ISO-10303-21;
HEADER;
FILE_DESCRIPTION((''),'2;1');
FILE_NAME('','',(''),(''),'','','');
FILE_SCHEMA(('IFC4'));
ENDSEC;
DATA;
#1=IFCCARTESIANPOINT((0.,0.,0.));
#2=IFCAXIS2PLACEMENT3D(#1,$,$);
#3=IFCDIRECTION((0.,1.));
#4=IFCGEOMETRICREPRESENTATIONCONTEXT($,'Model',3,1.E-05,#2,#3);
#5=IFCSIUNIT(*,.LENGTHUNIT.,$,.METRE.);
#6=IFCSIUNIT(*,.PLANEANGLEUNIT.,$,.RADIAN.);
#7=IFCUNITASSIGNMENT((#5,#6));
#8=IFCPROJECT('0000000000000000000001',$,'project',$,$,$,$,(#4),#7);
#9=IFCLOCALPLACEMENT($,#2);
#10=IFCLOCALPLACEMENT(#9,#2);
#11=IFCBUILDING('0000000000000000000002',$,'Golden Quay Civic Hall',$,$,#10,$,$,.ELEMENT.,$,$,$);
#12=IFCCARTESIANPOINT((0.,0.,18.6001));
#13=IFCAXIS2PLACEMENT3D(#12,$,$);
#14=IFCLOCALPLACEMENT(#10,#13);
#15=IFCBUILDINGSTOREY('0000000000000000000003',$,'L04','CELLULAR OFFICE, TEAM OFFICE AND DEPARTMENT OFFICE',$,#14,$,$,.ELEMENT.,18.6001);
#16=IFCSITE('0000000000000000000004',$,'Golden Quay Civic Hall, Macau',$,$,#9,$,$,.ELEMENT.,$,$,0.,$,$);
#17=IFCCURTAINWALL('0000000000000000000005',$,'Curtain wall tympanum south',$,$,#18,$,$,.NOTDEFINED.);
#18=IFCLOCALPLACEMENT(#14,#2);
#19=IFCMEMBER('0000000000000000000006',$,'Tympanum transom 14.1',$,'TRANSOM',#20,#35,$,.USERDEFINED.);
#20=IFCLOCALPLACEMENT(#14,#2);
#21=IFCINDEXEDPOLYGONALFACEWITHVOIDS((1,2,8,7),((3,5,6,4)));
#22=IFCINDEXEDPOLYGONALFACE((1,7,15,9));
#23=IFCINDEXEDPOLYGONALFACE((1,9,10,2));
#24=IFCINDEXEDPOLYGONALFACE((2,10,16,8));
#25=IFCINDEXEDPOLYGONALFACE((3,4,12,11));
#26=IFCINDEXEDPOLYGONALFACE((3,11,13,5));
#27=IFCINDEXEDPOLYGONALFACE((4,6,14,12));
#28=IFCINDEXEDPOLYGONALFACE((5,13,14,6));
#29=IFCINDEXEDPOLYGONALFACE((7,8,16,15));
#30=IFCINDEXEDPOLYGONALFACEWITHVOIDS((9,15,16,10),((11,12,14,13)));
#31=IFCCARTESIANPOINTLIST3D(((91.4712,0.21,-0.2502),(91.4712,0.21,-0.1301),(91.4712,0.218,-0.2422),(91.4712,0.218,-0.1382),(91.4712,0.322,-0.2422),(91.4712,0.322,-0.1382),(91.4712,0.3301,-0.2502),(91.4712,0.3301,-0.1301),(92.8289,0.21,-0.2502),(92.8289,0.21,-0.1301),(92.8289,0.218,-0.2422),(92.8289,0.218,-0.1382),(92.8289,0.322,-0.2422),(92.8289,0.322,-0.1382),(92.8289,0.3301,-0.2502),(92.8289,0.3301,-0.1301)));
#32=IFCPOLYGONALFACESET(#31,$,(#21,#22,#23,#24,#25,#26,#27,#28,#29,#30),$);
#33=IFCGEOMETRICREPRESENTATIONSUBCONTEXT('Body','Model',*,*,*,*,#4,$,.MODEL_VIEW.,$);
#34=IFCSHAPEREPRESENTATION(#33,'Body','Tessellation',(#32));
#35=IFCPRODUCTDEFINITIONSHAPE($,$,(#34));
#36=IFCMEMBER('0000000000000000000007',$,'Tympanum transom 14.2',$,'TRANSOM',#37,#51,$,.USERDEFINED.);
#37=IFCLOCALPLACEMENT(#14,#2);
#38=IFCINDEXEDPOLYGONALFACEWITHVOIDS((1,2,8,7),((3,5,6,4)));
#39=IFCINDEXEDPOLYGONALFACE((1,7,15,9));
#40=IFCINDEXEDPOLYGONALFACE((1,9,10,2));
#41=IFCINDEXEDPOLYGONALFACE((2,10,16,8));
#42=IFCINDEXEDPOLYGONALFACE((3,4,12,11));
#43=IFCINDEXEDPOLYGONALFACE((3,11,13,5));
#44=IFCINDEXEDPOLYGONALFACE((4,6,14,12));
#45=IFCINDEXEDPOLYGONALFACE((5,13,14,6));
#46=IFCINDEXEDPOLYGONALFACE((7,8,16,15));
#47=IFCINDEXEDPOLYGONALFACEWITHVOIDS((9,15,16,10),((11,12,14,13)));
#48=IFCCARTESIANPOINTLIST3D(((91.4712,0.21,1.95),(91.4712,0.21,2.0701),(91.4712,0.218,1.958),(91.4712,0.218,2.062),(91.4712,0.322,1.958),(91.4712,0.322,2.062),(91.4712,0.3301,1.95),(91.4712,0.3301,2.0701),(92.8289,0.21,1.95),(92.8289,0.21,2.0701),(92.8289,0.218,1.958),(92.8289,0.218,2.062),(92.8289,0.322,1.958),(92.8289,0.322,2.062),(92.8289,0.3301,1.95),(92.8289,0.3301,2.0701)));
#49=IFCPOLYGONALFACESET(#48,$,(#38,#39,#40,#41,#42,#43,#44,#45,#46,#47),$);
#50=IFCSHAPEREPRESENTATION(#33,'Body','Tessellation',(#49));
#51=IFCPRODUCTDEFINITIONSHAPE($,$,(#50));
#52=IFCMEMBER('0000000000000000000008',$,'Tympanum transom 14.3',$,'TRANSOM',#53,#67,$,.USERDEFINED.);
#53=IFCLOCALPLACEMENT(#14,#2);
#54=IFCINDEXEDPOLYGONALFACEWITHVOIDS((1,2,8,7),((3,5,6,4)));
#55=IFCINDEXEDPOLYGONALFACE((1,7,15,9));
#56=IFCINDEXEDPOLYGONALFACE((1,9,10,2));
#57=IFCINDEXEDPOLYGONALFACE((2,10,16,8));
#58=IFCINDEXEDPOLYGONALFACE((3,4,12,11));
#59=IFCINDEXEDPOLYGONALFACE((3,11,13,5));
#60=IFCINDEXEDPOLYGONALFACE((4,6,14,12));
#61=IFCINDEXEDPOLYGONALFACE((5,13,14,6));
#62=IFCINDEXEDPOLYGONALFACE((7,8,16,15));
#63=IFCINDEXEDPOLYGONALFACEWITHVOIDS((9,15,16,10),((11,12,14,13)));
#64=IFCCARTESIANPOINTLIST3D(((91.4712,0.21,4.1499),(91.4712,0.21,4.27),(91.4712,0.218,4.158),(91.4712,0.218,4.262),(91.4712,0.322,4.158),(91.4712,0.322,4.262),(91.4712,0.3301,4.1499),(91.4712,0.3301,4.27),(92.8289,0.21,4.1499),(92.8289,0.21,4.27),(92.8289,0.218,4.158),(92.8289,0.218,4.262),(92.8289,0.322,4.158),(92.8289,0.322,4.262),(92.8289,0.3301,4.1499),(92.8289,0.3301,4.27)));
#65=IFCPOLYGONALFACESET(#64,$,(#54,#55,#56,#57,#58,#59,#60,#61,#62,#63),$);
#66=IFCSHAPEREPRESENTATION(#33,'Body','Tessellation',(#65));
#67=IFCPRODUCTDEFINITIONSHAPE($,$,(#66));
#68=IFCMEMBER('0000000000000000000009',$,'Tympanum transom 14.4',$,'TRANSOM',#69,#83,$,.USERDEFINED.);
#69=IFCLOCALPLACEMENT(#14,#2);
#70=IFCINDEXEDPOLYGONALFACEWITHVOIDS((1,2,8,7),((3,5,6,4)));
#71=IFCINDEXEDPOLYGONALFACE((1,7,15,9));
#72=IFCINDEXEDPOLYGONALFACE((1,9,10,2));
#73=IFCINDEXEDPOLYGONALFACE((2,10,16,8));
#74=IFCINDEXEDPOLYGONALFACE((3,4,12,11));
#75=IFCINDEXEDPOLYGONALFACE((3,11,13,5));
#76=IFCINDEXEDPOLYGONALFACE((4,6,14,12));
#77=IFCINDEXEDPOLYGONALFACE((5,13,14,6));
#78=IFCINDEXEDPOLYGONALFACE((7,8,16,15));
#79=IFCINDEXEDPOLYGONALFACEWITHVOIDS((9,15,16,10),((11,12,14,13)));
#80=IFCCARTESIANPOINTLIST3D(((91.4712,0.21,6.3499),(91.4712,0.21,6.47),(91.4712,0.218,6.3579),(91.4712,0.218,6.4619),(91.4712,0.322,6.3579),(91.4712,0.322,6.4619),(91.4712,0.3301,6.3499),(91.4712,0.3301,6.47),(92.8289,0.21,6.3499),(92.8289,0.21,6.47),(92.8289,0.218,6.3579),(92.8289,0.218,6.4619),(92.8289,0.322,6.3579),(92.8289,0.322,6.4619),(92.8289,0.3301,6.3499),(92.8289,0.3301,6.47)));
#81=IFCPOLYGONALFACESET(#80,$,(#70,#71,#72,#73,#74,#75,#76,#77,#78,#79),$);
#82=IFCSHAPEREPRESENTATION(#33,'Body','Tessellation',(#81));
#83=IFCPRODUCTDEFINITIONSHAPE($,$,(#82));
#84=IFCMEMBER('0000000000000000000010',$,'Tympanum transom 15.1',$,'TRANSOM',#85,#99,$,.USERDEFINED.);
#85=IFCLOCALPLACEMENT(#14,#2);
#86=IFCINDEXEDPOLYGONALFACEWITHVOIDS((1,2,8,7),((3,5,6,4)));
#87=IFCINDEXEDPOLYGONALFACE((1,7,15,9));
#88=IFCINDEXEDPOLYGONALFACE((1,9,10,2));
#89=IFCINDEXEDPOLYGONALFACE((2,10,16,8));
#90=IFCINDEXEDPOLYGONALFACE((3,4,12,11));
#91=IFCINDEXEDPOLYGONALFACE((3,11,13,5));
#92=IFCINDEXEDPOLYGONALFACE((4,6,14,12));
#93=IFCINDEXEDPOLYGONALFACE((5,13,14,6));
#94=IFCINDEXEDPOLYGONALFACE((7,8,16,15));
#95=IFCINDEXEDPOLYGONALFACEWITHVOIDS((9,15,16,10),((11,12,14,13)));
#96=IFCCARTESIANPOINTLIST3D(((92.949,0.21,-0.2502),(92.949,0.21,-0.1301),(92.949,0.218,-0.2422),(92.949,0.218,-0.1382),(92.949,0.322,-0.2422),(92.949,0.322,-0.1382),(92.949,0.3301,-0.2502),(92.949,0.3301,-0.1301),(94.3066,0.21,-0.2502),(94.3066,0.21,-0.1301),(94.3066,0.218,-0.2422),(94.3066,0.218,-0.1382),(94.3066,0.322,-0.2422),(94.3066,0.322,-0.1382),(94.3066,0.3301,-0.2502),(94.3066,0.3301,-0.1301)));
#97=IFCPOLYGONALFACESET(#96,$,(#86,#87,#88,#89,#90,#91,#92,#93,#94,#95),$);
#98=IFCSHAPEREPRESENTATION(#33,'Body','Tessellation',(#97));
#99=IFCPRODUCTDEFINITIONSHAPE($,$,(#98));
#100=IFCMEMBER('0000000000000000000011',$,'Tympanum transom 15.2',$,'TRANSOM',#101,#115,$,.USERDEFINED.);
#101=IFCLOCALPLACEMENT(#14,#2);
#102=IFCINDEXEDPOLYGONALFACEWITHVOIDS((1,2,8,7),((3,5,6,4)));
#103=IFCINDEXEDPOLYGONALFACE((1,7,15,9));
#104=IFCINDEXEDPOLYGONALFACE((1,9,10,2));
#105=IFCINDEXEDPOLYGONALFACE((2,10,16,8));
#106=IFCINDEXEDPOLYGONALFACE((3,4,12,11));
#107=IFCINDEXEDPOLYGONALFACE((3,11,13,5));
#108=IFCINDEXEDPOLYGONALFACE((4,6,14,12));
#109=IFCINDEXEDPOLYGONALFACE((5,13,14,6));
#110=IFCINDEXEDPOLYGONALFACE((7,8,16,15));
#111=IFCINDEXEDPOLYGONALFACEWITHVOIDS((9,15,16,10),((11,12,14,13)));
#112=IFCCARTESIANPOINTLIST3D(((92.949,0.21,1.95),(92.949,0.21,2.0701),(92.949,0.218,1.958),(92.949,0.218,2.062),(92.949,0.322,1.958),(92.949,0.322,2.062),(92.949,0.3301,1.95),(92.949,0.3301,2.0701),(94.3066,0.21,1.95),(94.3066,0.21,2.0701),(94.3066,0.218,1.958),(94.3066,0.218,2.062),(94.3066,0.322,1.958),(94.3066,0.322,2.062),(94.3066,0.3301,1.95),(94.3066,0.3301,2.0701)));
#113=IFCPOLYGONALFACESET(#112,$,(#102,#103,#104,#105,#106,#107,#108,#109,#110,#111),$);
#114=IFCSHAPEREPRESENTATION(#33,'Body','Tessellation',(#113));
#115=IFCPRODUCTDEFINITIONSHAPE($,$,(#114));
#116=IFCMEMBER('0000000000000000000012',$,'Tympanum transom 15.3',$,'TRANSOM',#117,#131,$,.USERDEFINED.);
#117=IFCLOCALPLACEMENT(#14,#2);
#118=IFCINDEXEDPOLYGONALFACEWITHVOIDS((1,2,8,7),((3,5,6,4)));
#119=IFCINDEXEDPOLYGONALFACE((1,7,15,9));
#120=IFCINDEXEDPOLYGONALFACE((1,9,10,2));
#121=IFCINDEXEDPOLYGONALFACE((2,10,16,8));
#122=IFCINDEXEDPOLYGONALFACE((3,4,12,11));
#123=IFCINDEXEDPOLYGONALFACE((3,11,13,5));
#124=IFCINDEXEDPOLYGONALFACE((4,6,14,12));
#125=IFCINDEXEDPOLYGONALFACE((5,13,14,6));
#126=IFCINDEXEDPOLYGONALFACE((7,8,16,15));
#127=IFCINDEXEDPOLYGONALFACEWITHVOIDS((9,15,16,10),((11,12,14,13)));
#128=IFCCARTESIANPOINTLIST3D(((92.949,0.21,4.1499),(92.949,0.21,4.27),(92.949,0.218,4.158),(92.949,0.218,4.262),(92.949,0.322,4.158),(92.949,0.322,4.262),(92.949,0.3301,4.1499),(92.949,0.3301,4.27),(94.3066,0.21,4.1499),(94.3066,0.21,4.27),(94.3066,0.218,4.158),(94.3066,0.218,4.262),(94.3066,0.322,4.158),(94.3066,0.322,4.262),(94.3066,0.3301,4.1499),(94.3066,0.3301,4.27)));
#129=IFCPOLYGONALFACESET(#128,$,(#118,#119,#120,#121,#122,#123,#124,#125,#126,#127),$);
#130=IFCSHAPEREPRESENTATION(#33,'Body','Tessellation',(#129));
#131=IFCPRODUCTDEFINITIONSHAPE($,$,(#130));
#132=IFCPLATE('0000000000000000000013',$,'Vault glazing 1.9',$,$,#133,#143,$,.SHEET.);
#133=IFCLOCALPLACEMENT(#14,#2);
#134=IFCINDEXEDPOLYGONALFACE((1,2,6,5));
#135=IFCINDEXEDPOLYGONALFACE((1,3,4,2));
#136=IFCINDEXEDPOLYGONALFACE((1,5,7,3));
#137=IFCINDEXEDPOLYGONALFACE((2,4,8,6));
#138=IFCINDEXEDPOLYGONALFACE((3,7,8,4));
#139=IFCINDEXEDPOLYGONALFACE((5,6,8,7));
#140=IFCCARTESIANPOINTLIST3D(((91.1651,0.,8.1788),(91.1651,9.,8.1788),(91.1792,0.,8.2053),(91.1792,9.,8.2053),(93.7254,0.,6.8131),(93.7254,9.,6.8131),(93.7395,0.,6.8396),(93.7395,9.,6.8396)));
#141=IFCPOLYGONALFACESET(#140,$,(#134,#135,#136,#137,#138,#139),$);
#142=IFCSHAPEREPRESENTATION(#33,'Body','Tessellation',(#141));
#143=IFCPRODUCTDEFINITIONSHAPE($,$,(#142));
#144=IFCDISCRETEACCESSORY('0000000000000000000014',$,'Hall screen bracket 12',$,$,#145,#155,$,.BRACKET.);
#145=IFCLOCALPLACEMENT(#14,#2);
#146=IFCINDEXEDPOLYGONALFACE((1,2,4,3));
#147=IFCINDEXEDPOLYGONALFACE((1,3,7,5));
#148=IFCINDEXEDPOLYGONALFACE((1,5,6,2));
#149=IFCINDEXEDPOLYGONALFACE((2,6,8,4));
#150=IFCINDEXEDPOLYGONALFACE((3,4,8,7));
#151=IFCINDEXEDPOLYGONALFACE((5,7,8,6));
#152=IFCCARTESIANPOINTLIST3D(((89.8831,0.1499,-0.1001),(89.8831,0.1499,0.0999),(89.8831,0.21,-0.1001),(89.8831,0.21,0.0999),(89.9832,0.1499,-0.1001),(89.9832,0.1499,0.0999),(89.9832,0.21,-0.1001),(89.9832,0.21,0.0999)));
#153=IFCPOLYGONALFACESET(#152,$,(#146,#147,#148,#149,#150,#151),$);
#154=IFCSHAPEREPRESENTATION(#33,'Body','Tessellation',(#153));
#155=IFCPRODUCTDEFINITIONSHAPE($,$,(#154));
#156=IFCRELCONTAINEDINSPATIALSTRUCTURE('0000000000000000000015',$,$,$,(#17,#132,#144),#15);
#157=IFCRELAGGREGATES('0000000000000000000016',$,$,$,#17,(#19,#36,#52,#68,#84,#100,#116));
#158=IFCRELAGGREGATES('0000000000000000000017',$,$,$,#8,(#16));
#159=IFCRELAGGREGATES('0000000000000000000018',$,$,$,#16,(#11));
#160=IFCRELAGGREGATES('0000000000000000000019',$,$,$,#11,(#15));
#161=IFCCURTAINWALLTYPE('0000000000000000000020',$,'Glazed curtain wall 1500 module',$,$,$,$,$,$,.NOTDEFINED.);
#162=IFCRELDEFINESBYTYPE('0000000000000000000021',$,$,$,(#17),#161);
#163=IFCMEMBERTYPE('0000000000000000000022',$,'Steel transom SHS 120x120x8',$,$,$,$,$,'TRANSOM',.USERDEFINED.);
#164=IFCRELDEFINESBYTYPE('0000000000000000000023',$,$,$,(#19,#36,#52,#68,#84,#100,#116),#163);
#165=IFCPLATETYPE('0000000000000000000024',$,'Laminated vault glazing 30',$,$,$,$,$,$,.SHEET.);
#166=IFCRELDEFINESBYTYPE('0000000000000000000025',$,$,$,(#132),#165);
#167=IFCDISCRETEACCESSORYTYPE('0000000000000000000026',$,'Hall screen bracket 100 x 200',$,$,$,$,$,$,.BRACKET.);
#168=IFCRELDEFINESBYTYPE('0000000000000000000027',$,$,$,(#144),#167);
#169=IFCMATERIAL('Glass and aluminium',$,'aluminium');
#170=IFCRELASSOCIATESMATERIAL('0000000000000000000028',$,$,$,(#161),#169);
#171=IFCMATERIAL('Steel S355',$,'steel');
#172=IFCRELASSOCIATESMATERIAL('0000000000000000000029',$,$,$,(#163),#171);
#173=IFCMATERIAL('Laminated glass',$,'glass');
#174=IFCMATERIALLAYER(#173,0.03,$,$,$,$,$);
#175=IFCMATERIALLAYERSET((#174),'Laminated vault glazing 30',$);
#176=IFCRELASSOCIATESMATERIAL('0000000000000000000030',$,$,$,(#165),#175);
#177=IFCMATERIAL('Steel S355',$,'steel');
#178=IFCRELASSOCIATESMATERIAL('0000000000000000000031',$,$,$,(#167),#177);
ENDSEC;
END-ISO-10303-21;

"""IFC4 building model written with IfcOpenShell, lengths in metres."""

from ifc_helpers import new_model, si_unit, direction, frame, origin, origin_2d, place, context, subcontext, project, spatial, polyline, rectangle, hollow_rectangle, outline, extrude, material, layer, layer_set, material_profile, profile_set, type_object, element, aggregate, save


model = new_model("IFC4")

# Units and contexts
model_context = context("Model", 3, precision=1e-05, world=origin(), true_north=direction((0.0, 1.0)))
body_context = subcontext(model_context, "Body", "Model", "MODEL_VIEW")
ifc_project = project(units=[si_unit("LENGTHUNIT", "METRE"), si_unit("PLANEANGLEUNIT", "RADIAN")], contexts=[model_context])

# Site, building, storey
site_placement = place(None, origin())
site = spatial("IfcSite", under=ifc_project, at=site_placement, Name="Golden Quay Civic Hall, Macau", CompositionType="ELEMENT", RefElevation=0.0)
building_placement = place(site_placement, origin())
building = spatial("IfcBuilding", under=site, at=building_placement, Name="Golden Quay Civic Hall", CompositionType="ELEMENT")
storey_placement = place(building_placement, frame((0.0, 0.0, 18.6001)))
storey = spatial("IfcBuildingStorey", under=building, at=storey_placement, Name="L04", Description="CELLULAR OFFICE, TEAM OFFICE AND DEPARTMENT OFFICE", CompositionType="ELEMENT", Elevation=18.6001)

# Curtain wall
ifc_material_1 = material(Name="Glass and aluminium", Category="aluminium")
curtain_wall_type = type_object("IfcCurtainWallType", Name="Glazed curtain wall 1500 module", PredefinedType="NOTDEFINED", material=ifc_material_1)
curtain_wall_placement = place(storey_placement, origin())
curtain_wall = element("IfcCurtainWall", 1, at=curtain_wall_placement, inside=storey, type_object=curtain_wall_type, Name="Curtain wall tympanum south", PredefinedType="NOTDEFINED")

# Members
ifc_material_2 = material(Name="Steel S355", Category="steel")
ifc_material_profile_1 = material_profile(ifc_material_2, hollow_rectangle(XDim=0.1201, YDim=0.1201, WallThickness=0.0081, at=origin_2d()), Name="SHS 120x120x8")
ifc_profile_set_1 = profile_set([ifc_material_profile_1], Name="Steel S355")
member_type_1 = type_object("IfcMemberType", Name="Steel transom SHS 120x120x8", ElementType="TRANSOM", PredefinedType="USERDEFINED", material=ifc_profile_set_1)
member_1_placement = place(storey_placement, frame((91.4712, 0.27, -0.1902), z_axis=(1.0, 0.0, 0.0), x_axis=(0.0, 1.0, 0.0)))
member_1 = element("IfcMember", 2, at=member_1_placement, type_object=member_type_1, Name="Tympanum transom 14.1", ObjectType="TRANSOM", PredefinedType="USERDEFINED", context=body_context, shape_type="SweptSolid", body=[
    extrude(hollow_rectangle(XDim=0.1201, YDim=0.1201, WallThickness=0.0081, at=origin_2d()), origin(), (0.0, 0.0, 1.0), 1.3577),
])
member_2_placement = place(storey_placement, frame((91.4712, 0.27, 2.01), z_axis=(1.0, 0.0, 0.0), x_axis=(0.0, 1.0, 0.0)))
member_2 = element("IfcMember", 3, at=member_2_placement, type_object=member_type_1, Name="Tympanum transom 14.2", ObjectType="TRANSOM", PredefinedType="USERDEFINED", context=body_context, shape_type="SweptSolid", body=[
    extrude(hollow_rectangle(XDim=0.1201, YDim=0.1201, WallThickness=0.0081, at=origin_2d()), origin(), (0.0, 0.0, 1.0), 1.3577),
])
member_3_placement = place(storey_placement, frame((91.4712, 0.27, 4.21), z_axis=(1.0, 0.0, 0.0), x_axis=(0.0, 1.0, 0.0)))
member_3 = element("IfcMember", 4, at=member_3_placement, type_object=member_type_1, Name="Tympanum transom 14.3", ObjectType="TRANSOM", PredefinedType="USERDEFINED", context=body_context, shape_type="SweptSolid", body=[
    extrude(hollow_rectangle(XDim=0.1201, YDim=0.1201, WallThickness=0.0081, at=origin_2d()), origin(), (0.0, 0.0, 1.0), 1.3577),
])
member_4_placement = place(storey_placement, frame((91.4712, 0.27, 6.4099), z_axis=(1.0, 0.0, 0.0), x_axis=(0.0, 1.0, 0.0)))
member_4 = element("IfcMember", 5, at=member_4_placement, type_object=member_type_1, Name="Tympanum transom 14.4", ObjectType="TRANSOM", PredefinedType="USERDEFINED", context=body_context, shape_type="SweptSolid", body=[
    extrude(hollow_rectangle(XDim=0.1201, YDim=0.1201, WallThickness=0.0081, at=origin_2d()), origin(), (0.0, 0.0, 1.0), 1.3577),
])
member_5_placement = place(storey_placement, frame((92.949, 0.27, -0.1902), z_axis=(1.0, 0.0, 0.0), x_axis=(0.0, 1.0, 0.0)))
member_5 = element("IfcMember", 6, at=member_5_placement, type_object=member_type_1, Name="Tympanum transom 15.1", ObjectType="TRANSOM", PredefinedType="USERDEFINED", context=body_context, shape_type="SweptSolid", body=[
    extrude(hollow_rectangle(XDim=0.1201, YDim=0.1201, WallThickness=0.0081, at=origin_2d()), origin(), (0.0, 0.0, 1.0), 1.3577),
])
member_6_placement = place(storey_placement, frame((92.949, 0.27, 2.01), z_axis=(1.0, 0.0, 0.0), x_axis=(0.0, 1.0, 0.0)))
member_6 = element("IfcMember", 7, at=member_6_placement, type_object=member_type_1, Name="Tympanum transom 15.2", ObjectType="TRANSOM", PredefinedType="USERDEFINED", context=body_context, shape_type="SweptSolid", body=[
    extrude(hollow_rectangle(XDim=0.1201, YDim=0.1201, WallThickness=0.0081, at=origin_2d()), origin(), (0.0, 0.0, 1.0), 1.3577),
])
member_7_placement = place(storey_placement, frame((92.949, 0.27, 4.21), z_axis=(1.0, 0.0, 0.0), x_axis=(0.0, 1.0, 0.0)))
member_7 = element("IfcMember", 8, at=member_7_placement, type_object=member_type_1, Name="Tympanum transom 15.3", ObjectType="TRANSOM", PredefinedType="USERDEFINED", context=body_context, shape_type="SweptSolid", body=[
    extrude(hollow_rectangle(XDim=0.1201, YDim=0.1201, WallThickness=0.0081, at=origin_2d()), origin(), (0.0, 0.0, 1.0), 1.3577),
])
aggregate(curtain_wall, [member_1, member_2, member_3, member_4, member_5, member_6, member_7])

# Plate
ifc_material_3 = material(Name="Laminated glass", Category="glass")
ifc_layer = layer(ifc_material_3, 0.03)
ifc_layer_set = layer_set([ifc_layer], Name="Laminated vault glazing 30")
plate_type = type_object("IfcPlateType", Name="Laminated vault glazing 30", PredefinedType="SHEET", material=ifc_layer_set)
plate_placement = place(storey_placement, frame((91.1792, 0.0, 8.2053), z_axis=(0.470649, 0.0, 0.88232), x_axis=(0.88232, 0.0, -0.470649)))
element("IfcPlate", 9, at=plate_placement, inside=storey, type_object=plate_type, Name="Vault glazing 1.9", PredefinedType="SHEET", context=body_context, shape_type="SweptSolid", body=[
    extrude(outline(polyline([(0.0, 0.0), (2.9018, 0.0), (2.9018, 9.0), (0.0, 9.0), (0.0, 0.0)])), origin(), (0.0, 0.0, -1.0), 0.03),
])

# Discrete accessory
ifc_material_4 = material(Name="Steel S355", Category="steel")
discrete_accessory_type = type_object("IfcDiscreteAccessoryType", Name="Hall screen bracket 100 x 200", PredefinedType="BRACKET", material=ifc_material_4)
discrete_accessory_placement = place(storey_placement, frame((89.9331, 0.1799, -0.1001), z_axis=(0.0, 0.0, 1.0), x_axis=(1.0, 0.0, 0.0)))
element("IfcDiscreteAccessory", 10, at=discrete_accessory_placement, inside=storey, type_object=discrete_accessory_type, Name="Hall screen bracket 12", PredefinedType="BRACKET", context=body_context, shape_type="SweptSolid", body=[
    extrude(rectangle(XDim=0.1001, YDim=0.0601, at=origin_2d()), origin(), (0.0, 0.0, 1.0), 0.2),
])

save(model, "model.ifc")
